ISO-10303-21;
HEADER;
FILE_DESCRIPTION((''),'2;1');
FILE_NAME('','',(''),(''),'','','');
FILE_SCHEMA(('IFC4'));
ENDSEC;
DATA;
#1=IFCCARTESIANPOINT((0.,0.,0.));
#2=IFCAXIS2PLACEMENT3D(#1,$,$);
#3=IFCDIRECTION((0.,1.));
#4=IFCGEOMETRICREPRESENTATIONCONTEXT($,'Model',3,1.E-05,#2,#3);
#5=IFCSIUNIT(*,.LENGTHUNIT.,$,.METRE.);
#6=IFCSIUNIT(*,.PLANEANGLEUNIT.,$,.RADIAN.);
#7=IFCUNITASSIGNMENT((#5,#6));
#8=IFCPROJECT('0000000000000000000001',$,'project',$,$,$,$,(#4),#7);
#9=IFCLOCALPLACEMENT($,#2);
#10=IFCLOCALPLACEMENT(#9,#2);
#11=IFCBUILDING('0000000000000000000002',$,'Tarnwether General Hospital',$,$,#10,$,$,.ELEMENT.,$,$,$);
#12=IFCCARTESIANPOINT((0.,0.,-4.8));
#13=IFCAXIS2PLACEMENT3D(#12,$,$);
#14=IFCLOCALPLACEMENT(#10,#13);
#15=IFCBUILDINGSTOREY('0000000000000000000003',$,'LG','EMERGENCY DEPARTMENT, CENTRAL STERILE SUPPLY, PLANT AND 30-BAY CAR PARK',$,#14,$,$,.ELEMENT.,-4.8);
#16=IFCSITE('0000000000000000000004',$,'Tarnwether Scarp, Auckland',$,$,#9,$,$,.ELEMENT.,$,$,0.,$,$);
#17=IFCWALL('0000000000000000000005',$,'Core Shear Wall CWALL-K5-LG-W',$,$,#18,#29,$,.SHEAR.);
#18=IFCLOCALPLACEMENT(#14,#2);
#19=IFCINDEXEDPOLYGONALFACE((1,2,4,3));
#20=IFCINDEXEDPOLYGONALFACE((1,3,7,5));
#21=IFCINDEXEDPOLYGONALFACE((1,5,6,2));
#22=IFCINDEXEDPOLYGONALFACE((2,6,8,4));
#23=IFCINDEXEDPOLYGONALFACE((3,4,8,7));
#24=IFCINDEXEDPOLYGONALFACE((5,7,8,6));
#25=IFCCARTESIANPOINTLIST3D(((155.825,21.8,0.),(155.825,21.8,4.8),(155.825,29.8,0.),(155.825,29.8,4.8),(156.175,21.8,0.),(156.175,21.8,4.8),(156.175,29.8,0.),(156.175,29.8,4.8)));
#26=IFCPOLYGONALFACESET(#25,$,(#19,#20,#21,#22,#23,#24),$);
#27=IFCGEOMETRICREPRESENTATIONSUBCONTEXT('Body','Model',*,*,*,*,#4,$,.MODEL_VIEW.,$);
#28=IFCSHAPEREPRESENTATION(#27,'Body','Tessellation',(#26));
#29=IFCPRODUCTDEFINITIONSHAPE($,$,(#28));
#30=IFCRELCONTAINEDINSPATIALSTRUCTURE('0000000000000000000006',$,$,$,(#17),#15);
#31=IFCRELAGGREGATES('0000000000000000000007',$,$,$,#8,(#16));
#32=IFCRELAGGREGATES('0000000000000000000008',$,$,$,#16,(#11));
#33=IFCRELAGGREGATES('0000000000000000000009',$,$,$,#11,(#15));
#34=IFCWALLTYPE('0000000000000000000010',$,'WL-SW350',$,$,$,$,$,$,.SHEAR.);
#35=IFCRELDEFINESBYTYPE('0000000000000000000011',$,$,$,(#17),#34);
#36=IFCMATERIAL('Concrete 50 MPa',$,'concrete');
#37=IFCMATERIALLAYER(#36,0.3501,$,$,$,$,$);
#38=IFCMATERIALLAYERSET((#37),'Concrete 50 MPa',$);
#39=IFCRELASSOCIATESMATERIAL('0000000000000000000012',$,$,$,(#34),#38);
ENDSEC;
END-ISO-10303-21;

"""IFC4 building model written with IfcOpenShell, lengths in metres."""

from ifc_helpers import new_model, si_unit, direction, frame, frame_2d, origin, place, context, subcontext, project, spatial, rectangle, extrude, material, layer, layer_set, type_object, element, save


model = new_model("IFC4")

# Units and contexts
model_context = context("Model", 3, precision=1e-05, world=origin(), true_north=direction((0.0, 1.0)))
body_context = subcontext(model_context, "Body", "Model", "MODEL_VIEW")
ifc_project = project(units=[si_unit("LENGTHUNIT", "METRE"), si_unit("PLANEANGLEUNIT", "RADIAN")], contexts=[model_context])

# Site, building, storey
site_placement = place(None, origin())
site = spatial("IfcSite", under=ifc_project, at=site_placement, Name="Tarnwether Scarp, Auckland", CompositionType="ELEMENT", RefElevation=0.0)
building_placement = place(site_placement, origin())
building = spatial("IfcBuilding", under=site, at=building_placement, Name="Tarnwether General Hospital", CompositionType="ELEMENT")
storey_placement = place(building_placement, frame((0.0, 0.0, -4.8)))
storey = spatial("IfcBuildingStorey", under=building, at=storey_placement, Name="LG", Description="EMERGENCY DEPARTMENT, CENTRAL STERILE SUPPLY, PLANT AND 30-BAY CAR PARK", CompositionType="ELEMENT", Elevation=-4.8)

# Wall
ifc_material_1 = material(Name="Concrete 50 MPa", Category="concrete")
ifc_layer_1 = layer(ifc_material_1, 0.3501)
ifc_layer_set_1 = layer_set([ifc_layer_1], Name="Concrete 50 MPa")
wall_type = type_object("IfcWallType", Name="WL-SW350", PredefinedType="SHEAR", material=ifc_layer_set_1)
wall_placement = place(storey_placement, frame((156.0, 21.8, 0.0), z_axis=(0.0, 0.0, 1.0), x_axis=(0.0, 1.0, 0.0)))
element("IfcWall", 1, at=wall_placement, inside=storey, type_object=wall_type, Name="Core Shear Wall CWALL-K5-LG-W", PredefinedType="SHEAR", context=body_context, shape_type="SweptSolid", body=[
    extrude(rectangle(XDim=8.0, YDim=0.3501, at=frame_2d((4.0, 0.0))), origin(), (0.0, 0.0, 1.0), 4.8),
])

save(model, "model.ifc")
